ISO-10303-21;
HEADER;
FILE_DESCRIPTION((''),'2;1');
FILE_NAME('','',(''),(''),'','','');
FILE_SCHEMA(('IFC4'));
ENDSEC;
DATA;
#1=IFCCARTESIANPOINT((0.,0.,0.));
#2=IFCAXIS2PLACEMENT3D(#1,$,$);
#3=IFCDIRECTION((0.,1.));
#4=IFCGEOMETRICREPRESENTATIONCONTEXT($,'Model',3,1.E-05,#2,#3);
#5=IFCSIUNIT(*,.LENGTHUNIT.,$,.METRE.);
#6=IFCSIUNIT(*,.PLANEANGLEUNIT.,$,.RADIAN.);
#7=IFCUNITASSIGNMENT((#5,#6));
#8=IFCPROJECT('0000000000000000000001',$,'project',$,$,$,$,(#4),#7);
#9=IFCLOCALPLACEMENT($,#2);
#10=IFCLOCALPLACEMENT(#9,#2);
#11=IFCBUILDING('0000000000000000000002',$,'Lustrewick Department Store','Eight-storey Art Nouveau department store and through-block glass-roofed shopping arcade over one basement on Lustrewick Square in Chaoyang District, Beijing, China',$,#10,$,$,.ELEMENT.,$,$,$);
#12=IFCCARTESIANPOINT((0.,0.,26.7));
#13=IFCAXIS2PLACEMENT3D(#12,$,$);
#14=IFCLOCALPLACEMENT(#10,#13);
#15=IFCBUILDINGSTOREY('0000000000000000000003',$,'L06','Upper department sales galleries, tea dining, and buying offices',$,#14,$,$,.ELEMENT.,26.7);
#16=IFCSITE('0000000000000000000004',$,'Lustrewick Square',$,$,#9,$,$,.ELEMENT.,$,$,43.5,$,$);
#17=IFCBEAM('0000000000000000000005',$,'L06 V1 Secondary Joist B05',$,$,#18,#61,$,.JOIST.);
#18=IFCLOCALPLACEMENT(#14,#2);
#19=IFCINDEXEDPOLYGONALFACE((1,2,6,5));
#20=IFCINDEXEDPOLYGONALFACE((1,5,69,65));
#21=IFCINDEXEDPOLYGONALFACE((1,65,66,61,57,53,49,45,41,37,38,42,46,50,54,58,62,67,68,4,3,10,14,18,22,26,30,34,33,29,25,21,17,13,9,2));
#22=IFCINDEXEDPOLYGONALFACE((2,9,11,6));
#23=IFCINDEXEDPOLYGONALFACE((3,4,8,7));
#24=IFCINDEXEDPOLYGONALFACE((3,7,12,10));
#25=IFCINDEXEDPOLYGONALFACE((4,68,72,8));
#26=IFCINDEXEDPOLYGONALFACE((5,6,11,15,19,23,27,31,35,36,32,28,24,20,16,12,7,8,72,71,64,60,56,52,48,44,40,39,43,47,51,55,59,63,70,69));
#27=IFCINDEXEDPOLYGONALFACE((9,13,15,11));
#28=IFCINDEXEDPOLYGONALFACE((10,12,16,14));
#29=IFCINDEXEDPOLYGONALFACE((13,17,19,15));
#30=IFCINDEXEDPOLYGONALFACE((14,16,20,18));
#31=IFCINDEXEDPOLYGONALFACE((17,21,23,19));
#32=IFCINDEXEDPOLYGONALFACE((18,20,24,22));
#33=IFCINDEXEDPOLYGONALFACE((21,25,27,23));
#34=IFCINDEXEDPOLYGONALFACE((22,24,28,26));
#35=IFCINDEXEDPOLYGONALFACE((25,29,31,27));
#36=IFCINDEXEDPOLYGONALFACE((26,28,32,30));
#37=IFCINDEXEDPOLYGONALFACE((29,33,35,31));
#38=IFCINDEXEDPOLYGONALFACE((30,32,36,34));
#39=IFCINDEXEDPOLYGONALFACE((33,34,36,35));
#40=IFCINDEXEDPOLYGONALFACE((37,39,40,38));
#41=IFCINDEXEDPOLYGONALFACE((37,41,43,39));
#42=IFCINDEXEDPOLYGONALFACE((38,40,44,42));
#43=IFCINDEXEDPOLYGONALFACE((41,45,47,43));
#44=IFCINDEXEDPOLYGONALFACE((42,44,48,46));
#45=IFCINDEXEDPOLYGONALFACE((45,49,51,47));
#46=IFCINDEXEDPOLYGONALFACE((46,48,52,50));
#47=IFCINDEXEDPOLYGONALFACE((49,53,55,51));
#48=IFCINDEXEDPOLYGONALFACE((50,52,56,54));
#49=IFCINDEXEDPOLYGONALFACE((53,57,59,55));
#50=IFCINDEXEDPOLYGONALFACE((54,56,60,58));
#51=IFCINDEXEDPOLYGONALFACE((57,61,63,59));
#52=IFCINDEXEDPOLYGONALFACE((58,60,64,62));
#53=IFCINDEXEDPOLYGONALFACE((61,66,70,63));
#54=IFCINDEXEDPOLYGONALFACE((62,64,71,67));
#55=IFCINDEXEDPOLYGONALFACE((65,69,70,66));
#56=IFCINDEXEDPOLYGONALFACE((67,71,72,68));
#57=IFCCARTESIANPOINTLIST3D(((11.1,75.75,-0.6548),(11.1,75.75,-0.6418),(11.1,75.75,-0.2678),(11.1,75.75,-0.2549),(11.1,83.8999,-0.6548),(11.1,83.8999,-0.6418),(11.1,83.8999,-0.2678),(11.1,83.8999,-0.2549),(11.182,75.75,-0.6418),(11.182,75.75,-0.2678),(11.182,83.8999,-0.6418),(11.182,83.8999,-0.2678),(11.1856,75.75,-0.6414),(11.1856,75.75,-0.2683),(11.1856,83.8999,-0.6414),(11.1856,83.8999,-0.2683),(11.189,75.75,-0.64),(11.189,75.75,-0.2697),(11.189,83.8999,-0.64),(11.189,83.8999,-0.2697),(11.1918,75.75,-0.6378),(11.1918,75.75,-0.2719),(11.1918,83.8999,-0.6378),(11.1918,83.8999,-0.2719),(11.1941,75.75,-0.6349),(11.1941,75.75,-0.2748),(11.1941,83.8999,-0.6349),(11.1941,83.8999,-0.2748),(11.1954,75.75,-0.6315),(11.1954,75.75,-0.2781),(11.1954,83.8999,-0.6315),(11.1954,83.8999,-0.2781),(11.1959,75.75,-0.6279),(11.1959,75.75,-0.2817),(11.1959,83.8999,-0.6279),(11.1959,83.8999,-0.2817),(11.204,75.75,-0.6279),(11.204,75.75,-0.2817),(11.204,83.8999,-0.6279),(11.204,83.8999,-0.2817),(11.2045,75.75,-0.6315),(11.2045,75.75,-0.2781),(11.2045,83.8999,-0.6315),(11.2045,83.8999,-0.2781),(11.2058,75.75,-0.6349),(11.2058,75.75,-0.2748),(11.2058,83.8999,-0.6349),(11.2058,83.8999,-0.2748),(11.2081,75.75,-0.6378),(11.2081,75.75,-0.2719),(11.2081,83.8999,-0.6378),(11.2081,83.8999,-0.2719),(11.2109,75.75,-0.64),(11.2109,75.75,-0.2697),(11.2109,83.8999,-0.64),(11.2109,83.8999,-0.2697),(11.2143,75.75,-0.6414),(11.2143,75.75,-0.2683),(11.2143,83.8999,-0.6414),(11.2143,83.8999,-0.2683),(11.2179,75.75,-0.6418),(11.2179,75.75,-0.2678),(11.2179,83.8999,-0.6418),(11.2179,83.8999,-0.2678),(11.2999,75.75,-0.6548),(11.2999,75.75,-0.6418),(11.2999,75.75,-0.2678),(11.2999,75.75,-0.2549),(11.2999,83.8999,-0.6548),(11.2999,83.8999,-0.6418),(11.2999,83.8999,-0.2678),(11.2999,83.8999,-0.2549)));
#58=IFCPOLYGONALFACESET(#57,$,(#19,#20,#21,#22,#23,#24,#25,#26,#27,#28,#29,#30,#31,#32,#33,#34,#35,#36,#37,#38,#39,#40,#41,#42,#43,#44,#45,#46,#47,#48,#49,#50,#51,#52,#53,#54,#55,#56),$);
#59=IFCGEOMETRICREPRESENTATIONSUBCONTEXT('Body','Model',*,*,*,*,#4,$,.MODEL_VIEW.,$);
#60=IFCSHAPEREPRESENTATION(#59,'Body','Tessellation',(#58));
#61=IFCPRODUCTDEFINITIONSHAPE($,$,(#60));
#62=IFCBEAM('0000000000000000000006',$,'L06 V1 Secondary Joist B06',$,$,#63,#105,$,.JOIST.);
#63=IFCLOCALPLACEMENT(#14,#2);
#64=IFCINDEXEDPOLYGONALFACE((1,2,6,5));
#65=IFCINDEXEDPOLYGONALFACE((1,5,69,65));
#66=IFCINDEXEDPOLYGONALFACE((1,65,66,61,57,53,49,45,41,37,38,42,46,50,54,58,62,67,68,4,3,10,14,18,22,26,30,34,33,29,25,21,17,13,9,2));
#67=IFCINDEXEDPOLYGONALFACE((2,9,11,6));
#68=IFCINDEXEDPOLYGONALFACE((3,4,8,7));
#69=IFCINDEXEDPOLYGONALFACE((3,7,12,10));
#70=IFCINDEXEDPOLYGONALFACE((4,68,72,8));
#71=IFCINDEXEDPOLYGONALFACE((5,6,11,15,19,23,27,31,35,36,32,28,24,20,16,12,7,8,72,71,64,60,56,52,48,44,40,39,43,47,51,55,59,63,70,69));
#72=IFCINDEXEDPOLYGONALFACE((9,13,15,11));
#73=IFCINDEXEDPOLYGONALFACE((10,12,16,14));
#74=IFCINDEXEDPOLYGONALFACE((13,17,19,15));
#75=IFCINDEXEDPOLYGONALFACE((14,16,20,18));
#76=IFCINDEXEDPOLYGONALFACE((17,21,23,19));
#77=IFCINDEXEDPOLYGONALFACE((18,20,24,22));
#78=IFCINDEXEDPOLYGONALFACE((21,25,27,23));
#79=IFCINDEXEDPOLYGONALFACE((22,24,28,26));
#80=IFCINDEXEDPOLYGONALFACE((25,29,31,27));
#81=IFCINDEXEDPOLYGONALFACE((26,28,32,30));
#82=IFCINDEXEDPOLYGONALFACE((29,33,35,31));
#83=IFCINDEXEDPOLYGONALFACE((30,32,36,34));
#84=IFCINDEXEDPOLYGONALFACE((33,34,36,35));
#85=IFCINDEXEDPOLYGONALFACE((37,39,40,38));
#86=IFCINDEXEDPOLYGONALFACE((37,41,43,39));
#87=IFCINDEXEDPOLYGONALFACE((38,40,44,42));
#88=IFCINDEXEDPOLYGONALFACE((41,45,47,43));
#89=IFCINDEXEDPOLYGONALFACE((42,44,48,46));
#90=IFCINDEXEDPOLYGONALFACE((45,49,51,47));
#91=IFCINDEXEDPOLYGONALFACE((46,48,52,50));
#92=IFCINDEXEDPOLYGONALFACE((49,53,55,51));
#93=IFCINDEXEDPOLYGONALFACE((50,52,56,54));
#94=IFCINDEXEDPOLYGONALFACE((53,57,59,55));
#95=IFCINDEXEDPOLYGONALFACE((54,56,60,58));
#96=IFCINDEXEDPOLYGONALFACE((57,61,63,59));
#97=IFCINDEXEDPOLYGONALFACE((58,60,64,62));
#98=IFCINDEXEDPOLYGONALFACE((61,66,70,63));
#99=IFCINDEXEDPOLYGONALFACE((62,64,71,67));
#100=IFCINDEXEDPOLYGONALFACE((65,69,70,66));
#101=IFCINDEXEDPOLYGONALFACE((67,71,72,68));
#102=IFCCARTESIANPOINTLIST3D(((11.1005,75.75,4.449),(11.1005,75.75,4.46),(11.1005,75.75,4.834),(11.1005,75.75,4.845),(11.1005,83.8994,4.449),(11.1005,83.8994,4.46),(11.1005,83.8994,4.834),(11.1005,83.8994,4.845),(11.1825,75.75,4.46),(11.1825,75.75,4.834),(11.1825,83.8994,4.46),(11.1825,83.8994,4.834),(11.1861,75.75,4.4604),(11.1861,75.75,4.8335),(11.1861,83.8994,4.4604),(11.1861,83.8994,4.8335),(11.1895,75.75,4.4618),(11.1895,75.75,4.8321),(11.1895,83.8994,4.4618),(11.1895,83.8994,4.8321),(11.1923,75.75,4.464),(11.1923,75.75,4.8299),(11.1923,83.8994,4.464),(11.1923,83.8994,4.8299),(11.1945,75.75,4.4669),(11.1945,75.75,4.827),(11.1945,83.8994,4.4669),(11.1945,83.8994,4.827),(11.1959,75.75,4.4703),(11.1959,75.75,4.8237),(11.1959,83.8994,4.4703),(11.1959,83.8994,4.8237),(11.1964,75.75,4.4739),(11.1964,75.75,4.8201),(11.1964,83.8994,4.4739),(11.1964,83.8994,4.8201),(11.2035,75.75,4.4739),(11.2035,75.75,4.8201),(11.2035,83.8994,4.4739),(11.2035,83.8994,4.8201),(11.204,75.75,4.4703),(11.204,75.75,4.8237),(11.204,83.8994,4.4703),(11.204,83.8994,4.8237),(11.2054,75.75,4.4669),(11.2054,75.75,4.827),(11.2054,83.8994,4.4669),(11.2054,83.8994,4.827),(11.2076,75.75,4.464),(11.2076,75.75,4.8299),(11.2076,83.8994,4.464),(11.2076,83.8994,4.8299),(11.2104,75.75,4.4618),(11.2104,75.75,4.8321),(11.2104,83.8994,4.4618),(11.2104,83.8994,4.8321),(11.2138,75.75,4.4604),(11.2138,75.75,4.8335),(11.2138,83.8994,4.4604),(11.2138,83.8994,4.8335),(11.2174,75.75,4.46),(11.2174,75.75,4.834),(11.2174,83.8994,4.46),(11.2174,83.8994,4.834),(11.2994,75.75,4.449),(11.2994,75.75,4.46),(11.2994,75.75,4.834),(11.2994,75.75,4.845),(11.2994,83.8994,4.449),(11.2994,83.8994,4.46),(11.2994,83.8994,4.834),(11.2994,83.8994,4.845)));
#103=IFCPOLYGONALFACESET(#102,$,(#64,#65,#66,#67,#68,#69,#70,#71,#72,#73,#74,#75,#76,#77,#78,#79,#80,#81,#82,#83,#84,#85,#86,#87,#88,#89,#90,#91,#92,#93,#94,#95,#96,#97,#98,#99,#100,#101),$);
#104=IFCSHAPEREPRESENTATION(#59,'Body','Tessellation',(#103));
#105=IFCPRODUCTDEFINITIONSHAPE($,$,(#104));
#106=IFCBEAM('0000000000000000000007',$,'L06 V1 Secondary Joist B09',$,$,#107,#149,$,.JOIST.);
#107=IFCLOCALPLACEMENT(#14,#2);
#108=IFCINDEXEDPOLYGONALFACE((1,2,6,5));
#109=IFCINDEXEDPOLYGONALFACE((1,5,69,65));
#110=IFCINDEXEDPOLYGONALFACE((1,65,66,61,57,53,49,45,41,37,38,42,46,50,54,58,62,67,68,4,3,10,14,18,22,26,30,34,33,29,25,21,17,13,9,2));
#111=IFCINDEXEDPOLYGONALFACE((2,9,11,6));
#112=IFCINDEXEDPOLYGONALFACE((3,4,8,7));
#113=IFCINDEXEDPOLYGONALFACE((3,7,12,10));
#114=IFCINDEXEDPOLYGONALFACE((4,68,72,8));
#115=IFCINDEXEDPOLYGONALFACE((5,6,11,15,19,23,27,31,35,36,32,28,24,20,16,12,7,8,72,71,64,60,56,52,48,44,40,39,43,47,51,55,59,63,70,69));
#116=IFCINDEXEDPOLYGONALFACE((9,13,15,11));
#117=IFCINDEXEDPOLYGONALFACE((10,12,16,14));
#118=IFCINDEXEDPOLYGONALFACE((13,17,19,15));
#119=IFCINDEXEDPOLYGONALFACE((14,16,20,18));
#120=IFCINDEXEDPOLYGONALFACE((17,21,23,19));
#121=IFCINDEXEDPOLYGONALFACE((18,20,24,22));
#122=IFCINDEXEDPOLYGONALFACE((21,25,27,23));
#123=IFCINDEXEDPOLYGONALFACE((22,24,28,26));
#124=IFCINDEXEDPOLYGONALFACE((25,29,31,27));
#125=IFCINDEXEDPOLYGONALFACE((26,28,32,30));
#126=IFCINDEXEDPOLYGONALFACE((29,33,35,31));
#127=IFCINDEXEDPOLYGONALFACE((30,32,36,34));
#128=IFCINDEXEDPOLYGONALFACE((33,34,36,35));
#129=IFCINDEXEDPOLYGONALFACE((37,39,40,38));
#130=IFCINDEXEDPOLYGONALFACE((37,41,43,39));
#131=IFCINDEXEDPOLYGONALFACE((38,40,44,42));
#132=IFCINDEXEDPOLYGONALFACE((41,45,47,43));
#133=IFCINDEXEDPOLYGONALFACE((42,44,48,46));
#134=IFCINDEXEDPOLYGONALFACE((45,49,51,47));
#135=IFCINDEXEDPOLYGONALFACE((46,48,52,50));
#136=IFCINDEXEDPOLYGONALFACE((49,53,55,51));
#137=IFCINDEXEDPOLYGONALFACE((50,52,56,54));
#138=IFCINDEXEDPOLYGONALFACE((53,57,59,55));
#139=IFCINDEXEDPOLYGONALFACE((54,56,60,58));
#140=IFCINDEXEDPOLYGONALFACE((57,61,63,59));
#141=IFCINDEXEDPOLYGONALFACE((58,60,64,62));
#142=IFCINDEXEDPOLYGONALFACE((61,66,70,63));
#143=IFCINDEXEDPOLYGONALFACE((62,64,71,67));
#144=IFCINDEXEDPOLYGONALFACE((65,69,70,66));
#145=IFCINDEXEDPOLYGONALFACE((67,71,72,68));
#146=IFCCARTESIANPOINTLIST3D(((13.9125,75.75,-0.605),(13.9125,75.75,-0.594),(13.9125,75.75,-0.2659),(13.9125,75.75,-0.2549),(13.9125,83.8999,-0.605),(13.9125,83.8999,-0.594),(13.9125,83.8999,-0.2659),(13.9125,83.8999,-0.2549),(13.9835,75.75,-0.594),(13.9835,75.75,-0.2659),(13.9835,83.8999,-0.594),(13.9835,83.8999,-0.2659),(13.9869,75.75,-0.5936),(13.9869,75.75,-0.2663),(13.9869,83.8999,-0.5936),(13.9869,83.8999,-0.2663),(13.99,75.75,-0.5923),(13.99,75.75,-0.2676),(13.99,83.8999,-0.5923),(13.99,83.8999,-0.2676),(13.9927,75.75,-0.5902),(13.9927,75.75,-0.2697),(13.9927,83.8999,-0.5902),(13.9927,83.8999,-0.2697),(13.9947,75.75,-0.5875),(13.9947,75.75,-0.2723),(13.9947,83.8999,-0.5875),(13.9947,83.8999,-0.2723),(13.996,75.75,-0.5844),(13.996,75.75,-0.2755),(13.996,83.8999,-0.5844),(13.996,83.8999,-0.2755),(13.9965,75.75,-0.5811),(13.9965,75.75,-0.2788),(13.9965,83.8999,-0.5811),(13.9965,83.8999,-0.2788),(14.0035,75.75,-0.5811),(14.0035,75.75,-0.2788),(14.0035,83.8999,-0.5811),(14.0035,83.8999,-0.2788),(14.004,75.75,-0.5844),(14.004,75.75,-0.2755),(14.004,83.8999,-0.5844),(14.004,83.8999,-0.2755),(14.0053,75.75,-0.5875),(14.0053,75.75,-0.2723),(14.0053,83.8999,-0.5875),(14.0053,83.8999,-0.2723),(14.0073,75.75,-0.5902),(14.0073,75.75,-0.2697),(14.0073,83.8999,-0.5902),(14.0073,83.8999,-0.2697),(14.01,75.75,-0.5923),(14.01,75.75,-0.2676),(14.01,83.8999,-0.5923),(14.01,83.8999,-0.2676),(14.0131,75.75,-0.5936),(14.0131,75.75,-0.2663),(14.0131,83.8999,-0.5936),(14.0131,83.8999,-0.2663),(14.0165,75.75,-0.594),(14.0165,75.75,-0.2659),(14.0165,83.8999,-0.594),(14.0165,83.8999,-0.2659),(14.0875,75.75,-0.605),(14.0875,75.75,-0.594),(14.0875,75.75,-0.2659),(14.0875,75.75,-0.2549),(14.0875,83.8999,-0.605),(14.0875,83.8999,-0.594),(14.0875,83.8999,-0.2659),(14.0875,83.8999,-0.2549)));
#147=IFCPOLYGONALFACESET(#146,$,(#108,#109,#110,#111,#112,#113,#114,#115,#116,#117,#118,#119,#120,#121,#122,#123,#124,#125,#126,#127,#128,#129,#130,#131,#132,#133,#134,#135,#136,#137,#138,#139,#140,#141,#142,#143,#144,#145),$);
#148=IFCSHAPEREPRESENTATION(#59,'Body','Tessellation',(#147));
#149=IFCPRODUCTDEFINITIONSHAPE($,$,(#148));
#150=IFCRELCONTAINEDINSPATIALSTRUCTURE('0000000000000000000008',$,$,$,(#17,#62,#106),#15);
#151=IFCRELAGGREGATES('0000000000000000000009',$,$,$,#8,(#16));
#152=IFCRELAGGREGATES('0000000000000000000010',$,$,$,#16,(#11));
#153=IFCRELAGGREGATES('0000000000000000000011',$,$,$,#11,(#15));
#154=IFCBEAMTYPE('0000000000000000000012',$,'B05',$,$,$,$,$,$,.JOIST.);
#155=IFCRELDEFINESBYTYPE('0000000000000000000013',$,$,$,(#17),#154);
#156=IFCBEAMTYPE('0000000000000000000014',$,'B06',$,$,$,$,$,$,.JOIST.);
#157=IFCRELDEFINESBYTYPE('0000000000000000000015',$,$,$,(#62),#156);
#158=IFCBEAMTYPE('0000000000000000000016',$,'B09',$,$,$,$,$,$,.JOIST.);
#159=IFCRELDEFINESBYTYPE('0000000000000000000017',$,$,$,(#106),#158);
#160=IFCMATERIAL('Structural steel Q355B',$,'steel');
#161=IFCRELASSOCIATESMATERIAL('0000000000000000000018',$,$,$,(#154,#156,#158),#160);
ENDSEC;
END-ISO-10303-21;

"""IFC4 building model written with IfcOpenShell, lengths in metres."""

from ifc_helpers import new_model, si_unit, direction, frame, origin, origin_2d, place, context, subcontext, project, spatial, i_section, extrude, material, material_profile, profile_set, type_object, element, save


model = new_model("IFC4")

# Units and contexts
model_context = context("Model", 3, precision=1e-05, world=origin(), true_north=direction((0.0, 1.0)))
body_context = subcontext(model_context, "Body", "Model", "MODEL_VIEW")
ifc_project = project(units=[si_unit("LENGTHUNIT", "METRE"), si_unit("PLANEANGLEUNIT", "RADIAN")], contexts=[model_context])

# Site, building, storey
site_placement = place(None, origin())
site = spatial("IfcSite", under=ifc_project, at=site_placement, Name="Lustrewick Square", CompositionType="ELEMENT", RefElevation=43.5)
building_placement = place(site_placement, origin())
building = spatial("IfcBuilding", under=site, at=building_placement, Name="Lustrewick Department Store", Description="Eight-storey Art Nouveau department store and through-block glass-roofed shopping arcade over one basement on Lustrewick Square in Chaoyang District, Beijing, China", CompositionType="ELEMENT")
storey_placement = place(building_placement, frame((0.0, 0.0, 26.7)))
storey = spatial("IfcBuildingStorey", under=building, at=storey_placement, Name="L06", Description="Upper department sales galleries, tea dining, and buying offices", CompositionType="ELEMENT", Elevation=26.7)

# Shared definitions
ifc_material_1 = material(Name="Structural steel Q355B", Category="steel")

# Beams
ifc_material_profile_1 = material_profile(ifc_material_1, i_section(OverallWidth=0.2, OverallDepth=0.3999, WebThickness=0.0081, FlangeThickness=0.0129, FilletRadius=0.0139, at=origin_2d()), Name="HN 400x200x8x13")
ifc_profile_set_1 = profile_set([ifc_material_profile_1], Name="Structural steel Q355B")
beam_type_1 = type_object("IfcBeamType", Name="B05", PredefinedType="JOIST", material=ifc_profile_set_1)
beam_1_placement = place(storey_placement, frame((11.2, 75.75, -0.4548), z_axis=(0.0, 1.0, 0.0), x_axis=(-1.0, 0.0, 0.0)))
element("IfcBeam", 1, at=beam_1_placement, inside=storey, type_object=beam_type_1, Name="L06 V1 Secondary Joist B05", PredefinedType="JOIST", context=body_context, shape_type="SweptSolid", body=[
    extrude(i_section(OverallWidth=0.2, OverallDepth=0.3999, WebThickness=0.0081, FlangeThickness=0.0129, FilletRadius=0.0139, at=origin_2d()), origin(), (0.0, 0.0, 1.0), 8.1499),
])
ifc_material_profile_2 = material_profile(ifc_material_1, i_section(OverallWidth=0.199, OverallDepth=0.396, WebThickness=0.0071, FlangeThickness=0.011, FilletRadius=0.0139, at=origin_2d()), Name="HN 396x199x7x11")
ifc_profile_set_2 = profile_set([ifc_material_profile_2], Name="Structural steel Q355B")
beam_type_2 = type_object("IfcBeamType", Name="B06", PredefinedType="JOIST", material=ifc_profile_set_2)
beam_2_placement = place(storey_placement, frame((11.2, 75.75, 4.647), z_axis=(0.0, 1.0, 0.0), x_axis=(-1.0, 0.0, 0.0)))
element("IfcBeam", 2, at=beam_2_placement, inside=storey, type_object=beam_type_2, Name="L06 V1 Secondary Joist B06", PredefinedType="JOIST", context=body_context, shape_type="SweptSolid", body=[
    extrude(i_section(OverallWidth=0.199, OverallDepth=0.396, WebThickness=0.0071, FlangeThickness=0.011, FilletRadius=0.0139, at=origin_2d()), origin(), (0.0, 0.0, 1.0), 8.1494),
])
ifc_material_profile_3 = material_profile(ifc_material_1, i_section(OverallWidth=0.175, OverallDepth=0.3501, WebThickness=0.0071, FlangeThickness=0.011, FilletRadius=0.0129, at=origin_2d()), Name="HN 350x175x7x11")
ifc_profile_set_3 = profile_set([ifc_material_profile_3], Name="Structural steel Q355B")
beam_type_3 = type_object("IfcBeamType", Name="B09", PredefinedType="JOIST", material=ifc_profile_set_3)
beam_3_placement = place(storey_placement, frame((14.0, 75.75, -0.4299), z_axis=(0.0, 1.0, 0.0), x_axis=(-1.0, 0.0, 0.0)))
element("IfcBeam", 3, at=beam_3_placement, inside=storey, type_object=beam_type_3, Name="L06 V1 Secondary Joist B09", PredefinedType="JOIST", context=body_context, shape_type="SweptSolid", body=[
    extrude(i_section(OverallWidth=0.175, OverallDepth=0.3501, WebThickness=0.0071, FlangeThickness=0.011, FilletRadius=0.0129, at=origin_2d()), origin(), (0.0, 0.0, 1.0), 8.1499),
])

save(model, "model.ifc")
